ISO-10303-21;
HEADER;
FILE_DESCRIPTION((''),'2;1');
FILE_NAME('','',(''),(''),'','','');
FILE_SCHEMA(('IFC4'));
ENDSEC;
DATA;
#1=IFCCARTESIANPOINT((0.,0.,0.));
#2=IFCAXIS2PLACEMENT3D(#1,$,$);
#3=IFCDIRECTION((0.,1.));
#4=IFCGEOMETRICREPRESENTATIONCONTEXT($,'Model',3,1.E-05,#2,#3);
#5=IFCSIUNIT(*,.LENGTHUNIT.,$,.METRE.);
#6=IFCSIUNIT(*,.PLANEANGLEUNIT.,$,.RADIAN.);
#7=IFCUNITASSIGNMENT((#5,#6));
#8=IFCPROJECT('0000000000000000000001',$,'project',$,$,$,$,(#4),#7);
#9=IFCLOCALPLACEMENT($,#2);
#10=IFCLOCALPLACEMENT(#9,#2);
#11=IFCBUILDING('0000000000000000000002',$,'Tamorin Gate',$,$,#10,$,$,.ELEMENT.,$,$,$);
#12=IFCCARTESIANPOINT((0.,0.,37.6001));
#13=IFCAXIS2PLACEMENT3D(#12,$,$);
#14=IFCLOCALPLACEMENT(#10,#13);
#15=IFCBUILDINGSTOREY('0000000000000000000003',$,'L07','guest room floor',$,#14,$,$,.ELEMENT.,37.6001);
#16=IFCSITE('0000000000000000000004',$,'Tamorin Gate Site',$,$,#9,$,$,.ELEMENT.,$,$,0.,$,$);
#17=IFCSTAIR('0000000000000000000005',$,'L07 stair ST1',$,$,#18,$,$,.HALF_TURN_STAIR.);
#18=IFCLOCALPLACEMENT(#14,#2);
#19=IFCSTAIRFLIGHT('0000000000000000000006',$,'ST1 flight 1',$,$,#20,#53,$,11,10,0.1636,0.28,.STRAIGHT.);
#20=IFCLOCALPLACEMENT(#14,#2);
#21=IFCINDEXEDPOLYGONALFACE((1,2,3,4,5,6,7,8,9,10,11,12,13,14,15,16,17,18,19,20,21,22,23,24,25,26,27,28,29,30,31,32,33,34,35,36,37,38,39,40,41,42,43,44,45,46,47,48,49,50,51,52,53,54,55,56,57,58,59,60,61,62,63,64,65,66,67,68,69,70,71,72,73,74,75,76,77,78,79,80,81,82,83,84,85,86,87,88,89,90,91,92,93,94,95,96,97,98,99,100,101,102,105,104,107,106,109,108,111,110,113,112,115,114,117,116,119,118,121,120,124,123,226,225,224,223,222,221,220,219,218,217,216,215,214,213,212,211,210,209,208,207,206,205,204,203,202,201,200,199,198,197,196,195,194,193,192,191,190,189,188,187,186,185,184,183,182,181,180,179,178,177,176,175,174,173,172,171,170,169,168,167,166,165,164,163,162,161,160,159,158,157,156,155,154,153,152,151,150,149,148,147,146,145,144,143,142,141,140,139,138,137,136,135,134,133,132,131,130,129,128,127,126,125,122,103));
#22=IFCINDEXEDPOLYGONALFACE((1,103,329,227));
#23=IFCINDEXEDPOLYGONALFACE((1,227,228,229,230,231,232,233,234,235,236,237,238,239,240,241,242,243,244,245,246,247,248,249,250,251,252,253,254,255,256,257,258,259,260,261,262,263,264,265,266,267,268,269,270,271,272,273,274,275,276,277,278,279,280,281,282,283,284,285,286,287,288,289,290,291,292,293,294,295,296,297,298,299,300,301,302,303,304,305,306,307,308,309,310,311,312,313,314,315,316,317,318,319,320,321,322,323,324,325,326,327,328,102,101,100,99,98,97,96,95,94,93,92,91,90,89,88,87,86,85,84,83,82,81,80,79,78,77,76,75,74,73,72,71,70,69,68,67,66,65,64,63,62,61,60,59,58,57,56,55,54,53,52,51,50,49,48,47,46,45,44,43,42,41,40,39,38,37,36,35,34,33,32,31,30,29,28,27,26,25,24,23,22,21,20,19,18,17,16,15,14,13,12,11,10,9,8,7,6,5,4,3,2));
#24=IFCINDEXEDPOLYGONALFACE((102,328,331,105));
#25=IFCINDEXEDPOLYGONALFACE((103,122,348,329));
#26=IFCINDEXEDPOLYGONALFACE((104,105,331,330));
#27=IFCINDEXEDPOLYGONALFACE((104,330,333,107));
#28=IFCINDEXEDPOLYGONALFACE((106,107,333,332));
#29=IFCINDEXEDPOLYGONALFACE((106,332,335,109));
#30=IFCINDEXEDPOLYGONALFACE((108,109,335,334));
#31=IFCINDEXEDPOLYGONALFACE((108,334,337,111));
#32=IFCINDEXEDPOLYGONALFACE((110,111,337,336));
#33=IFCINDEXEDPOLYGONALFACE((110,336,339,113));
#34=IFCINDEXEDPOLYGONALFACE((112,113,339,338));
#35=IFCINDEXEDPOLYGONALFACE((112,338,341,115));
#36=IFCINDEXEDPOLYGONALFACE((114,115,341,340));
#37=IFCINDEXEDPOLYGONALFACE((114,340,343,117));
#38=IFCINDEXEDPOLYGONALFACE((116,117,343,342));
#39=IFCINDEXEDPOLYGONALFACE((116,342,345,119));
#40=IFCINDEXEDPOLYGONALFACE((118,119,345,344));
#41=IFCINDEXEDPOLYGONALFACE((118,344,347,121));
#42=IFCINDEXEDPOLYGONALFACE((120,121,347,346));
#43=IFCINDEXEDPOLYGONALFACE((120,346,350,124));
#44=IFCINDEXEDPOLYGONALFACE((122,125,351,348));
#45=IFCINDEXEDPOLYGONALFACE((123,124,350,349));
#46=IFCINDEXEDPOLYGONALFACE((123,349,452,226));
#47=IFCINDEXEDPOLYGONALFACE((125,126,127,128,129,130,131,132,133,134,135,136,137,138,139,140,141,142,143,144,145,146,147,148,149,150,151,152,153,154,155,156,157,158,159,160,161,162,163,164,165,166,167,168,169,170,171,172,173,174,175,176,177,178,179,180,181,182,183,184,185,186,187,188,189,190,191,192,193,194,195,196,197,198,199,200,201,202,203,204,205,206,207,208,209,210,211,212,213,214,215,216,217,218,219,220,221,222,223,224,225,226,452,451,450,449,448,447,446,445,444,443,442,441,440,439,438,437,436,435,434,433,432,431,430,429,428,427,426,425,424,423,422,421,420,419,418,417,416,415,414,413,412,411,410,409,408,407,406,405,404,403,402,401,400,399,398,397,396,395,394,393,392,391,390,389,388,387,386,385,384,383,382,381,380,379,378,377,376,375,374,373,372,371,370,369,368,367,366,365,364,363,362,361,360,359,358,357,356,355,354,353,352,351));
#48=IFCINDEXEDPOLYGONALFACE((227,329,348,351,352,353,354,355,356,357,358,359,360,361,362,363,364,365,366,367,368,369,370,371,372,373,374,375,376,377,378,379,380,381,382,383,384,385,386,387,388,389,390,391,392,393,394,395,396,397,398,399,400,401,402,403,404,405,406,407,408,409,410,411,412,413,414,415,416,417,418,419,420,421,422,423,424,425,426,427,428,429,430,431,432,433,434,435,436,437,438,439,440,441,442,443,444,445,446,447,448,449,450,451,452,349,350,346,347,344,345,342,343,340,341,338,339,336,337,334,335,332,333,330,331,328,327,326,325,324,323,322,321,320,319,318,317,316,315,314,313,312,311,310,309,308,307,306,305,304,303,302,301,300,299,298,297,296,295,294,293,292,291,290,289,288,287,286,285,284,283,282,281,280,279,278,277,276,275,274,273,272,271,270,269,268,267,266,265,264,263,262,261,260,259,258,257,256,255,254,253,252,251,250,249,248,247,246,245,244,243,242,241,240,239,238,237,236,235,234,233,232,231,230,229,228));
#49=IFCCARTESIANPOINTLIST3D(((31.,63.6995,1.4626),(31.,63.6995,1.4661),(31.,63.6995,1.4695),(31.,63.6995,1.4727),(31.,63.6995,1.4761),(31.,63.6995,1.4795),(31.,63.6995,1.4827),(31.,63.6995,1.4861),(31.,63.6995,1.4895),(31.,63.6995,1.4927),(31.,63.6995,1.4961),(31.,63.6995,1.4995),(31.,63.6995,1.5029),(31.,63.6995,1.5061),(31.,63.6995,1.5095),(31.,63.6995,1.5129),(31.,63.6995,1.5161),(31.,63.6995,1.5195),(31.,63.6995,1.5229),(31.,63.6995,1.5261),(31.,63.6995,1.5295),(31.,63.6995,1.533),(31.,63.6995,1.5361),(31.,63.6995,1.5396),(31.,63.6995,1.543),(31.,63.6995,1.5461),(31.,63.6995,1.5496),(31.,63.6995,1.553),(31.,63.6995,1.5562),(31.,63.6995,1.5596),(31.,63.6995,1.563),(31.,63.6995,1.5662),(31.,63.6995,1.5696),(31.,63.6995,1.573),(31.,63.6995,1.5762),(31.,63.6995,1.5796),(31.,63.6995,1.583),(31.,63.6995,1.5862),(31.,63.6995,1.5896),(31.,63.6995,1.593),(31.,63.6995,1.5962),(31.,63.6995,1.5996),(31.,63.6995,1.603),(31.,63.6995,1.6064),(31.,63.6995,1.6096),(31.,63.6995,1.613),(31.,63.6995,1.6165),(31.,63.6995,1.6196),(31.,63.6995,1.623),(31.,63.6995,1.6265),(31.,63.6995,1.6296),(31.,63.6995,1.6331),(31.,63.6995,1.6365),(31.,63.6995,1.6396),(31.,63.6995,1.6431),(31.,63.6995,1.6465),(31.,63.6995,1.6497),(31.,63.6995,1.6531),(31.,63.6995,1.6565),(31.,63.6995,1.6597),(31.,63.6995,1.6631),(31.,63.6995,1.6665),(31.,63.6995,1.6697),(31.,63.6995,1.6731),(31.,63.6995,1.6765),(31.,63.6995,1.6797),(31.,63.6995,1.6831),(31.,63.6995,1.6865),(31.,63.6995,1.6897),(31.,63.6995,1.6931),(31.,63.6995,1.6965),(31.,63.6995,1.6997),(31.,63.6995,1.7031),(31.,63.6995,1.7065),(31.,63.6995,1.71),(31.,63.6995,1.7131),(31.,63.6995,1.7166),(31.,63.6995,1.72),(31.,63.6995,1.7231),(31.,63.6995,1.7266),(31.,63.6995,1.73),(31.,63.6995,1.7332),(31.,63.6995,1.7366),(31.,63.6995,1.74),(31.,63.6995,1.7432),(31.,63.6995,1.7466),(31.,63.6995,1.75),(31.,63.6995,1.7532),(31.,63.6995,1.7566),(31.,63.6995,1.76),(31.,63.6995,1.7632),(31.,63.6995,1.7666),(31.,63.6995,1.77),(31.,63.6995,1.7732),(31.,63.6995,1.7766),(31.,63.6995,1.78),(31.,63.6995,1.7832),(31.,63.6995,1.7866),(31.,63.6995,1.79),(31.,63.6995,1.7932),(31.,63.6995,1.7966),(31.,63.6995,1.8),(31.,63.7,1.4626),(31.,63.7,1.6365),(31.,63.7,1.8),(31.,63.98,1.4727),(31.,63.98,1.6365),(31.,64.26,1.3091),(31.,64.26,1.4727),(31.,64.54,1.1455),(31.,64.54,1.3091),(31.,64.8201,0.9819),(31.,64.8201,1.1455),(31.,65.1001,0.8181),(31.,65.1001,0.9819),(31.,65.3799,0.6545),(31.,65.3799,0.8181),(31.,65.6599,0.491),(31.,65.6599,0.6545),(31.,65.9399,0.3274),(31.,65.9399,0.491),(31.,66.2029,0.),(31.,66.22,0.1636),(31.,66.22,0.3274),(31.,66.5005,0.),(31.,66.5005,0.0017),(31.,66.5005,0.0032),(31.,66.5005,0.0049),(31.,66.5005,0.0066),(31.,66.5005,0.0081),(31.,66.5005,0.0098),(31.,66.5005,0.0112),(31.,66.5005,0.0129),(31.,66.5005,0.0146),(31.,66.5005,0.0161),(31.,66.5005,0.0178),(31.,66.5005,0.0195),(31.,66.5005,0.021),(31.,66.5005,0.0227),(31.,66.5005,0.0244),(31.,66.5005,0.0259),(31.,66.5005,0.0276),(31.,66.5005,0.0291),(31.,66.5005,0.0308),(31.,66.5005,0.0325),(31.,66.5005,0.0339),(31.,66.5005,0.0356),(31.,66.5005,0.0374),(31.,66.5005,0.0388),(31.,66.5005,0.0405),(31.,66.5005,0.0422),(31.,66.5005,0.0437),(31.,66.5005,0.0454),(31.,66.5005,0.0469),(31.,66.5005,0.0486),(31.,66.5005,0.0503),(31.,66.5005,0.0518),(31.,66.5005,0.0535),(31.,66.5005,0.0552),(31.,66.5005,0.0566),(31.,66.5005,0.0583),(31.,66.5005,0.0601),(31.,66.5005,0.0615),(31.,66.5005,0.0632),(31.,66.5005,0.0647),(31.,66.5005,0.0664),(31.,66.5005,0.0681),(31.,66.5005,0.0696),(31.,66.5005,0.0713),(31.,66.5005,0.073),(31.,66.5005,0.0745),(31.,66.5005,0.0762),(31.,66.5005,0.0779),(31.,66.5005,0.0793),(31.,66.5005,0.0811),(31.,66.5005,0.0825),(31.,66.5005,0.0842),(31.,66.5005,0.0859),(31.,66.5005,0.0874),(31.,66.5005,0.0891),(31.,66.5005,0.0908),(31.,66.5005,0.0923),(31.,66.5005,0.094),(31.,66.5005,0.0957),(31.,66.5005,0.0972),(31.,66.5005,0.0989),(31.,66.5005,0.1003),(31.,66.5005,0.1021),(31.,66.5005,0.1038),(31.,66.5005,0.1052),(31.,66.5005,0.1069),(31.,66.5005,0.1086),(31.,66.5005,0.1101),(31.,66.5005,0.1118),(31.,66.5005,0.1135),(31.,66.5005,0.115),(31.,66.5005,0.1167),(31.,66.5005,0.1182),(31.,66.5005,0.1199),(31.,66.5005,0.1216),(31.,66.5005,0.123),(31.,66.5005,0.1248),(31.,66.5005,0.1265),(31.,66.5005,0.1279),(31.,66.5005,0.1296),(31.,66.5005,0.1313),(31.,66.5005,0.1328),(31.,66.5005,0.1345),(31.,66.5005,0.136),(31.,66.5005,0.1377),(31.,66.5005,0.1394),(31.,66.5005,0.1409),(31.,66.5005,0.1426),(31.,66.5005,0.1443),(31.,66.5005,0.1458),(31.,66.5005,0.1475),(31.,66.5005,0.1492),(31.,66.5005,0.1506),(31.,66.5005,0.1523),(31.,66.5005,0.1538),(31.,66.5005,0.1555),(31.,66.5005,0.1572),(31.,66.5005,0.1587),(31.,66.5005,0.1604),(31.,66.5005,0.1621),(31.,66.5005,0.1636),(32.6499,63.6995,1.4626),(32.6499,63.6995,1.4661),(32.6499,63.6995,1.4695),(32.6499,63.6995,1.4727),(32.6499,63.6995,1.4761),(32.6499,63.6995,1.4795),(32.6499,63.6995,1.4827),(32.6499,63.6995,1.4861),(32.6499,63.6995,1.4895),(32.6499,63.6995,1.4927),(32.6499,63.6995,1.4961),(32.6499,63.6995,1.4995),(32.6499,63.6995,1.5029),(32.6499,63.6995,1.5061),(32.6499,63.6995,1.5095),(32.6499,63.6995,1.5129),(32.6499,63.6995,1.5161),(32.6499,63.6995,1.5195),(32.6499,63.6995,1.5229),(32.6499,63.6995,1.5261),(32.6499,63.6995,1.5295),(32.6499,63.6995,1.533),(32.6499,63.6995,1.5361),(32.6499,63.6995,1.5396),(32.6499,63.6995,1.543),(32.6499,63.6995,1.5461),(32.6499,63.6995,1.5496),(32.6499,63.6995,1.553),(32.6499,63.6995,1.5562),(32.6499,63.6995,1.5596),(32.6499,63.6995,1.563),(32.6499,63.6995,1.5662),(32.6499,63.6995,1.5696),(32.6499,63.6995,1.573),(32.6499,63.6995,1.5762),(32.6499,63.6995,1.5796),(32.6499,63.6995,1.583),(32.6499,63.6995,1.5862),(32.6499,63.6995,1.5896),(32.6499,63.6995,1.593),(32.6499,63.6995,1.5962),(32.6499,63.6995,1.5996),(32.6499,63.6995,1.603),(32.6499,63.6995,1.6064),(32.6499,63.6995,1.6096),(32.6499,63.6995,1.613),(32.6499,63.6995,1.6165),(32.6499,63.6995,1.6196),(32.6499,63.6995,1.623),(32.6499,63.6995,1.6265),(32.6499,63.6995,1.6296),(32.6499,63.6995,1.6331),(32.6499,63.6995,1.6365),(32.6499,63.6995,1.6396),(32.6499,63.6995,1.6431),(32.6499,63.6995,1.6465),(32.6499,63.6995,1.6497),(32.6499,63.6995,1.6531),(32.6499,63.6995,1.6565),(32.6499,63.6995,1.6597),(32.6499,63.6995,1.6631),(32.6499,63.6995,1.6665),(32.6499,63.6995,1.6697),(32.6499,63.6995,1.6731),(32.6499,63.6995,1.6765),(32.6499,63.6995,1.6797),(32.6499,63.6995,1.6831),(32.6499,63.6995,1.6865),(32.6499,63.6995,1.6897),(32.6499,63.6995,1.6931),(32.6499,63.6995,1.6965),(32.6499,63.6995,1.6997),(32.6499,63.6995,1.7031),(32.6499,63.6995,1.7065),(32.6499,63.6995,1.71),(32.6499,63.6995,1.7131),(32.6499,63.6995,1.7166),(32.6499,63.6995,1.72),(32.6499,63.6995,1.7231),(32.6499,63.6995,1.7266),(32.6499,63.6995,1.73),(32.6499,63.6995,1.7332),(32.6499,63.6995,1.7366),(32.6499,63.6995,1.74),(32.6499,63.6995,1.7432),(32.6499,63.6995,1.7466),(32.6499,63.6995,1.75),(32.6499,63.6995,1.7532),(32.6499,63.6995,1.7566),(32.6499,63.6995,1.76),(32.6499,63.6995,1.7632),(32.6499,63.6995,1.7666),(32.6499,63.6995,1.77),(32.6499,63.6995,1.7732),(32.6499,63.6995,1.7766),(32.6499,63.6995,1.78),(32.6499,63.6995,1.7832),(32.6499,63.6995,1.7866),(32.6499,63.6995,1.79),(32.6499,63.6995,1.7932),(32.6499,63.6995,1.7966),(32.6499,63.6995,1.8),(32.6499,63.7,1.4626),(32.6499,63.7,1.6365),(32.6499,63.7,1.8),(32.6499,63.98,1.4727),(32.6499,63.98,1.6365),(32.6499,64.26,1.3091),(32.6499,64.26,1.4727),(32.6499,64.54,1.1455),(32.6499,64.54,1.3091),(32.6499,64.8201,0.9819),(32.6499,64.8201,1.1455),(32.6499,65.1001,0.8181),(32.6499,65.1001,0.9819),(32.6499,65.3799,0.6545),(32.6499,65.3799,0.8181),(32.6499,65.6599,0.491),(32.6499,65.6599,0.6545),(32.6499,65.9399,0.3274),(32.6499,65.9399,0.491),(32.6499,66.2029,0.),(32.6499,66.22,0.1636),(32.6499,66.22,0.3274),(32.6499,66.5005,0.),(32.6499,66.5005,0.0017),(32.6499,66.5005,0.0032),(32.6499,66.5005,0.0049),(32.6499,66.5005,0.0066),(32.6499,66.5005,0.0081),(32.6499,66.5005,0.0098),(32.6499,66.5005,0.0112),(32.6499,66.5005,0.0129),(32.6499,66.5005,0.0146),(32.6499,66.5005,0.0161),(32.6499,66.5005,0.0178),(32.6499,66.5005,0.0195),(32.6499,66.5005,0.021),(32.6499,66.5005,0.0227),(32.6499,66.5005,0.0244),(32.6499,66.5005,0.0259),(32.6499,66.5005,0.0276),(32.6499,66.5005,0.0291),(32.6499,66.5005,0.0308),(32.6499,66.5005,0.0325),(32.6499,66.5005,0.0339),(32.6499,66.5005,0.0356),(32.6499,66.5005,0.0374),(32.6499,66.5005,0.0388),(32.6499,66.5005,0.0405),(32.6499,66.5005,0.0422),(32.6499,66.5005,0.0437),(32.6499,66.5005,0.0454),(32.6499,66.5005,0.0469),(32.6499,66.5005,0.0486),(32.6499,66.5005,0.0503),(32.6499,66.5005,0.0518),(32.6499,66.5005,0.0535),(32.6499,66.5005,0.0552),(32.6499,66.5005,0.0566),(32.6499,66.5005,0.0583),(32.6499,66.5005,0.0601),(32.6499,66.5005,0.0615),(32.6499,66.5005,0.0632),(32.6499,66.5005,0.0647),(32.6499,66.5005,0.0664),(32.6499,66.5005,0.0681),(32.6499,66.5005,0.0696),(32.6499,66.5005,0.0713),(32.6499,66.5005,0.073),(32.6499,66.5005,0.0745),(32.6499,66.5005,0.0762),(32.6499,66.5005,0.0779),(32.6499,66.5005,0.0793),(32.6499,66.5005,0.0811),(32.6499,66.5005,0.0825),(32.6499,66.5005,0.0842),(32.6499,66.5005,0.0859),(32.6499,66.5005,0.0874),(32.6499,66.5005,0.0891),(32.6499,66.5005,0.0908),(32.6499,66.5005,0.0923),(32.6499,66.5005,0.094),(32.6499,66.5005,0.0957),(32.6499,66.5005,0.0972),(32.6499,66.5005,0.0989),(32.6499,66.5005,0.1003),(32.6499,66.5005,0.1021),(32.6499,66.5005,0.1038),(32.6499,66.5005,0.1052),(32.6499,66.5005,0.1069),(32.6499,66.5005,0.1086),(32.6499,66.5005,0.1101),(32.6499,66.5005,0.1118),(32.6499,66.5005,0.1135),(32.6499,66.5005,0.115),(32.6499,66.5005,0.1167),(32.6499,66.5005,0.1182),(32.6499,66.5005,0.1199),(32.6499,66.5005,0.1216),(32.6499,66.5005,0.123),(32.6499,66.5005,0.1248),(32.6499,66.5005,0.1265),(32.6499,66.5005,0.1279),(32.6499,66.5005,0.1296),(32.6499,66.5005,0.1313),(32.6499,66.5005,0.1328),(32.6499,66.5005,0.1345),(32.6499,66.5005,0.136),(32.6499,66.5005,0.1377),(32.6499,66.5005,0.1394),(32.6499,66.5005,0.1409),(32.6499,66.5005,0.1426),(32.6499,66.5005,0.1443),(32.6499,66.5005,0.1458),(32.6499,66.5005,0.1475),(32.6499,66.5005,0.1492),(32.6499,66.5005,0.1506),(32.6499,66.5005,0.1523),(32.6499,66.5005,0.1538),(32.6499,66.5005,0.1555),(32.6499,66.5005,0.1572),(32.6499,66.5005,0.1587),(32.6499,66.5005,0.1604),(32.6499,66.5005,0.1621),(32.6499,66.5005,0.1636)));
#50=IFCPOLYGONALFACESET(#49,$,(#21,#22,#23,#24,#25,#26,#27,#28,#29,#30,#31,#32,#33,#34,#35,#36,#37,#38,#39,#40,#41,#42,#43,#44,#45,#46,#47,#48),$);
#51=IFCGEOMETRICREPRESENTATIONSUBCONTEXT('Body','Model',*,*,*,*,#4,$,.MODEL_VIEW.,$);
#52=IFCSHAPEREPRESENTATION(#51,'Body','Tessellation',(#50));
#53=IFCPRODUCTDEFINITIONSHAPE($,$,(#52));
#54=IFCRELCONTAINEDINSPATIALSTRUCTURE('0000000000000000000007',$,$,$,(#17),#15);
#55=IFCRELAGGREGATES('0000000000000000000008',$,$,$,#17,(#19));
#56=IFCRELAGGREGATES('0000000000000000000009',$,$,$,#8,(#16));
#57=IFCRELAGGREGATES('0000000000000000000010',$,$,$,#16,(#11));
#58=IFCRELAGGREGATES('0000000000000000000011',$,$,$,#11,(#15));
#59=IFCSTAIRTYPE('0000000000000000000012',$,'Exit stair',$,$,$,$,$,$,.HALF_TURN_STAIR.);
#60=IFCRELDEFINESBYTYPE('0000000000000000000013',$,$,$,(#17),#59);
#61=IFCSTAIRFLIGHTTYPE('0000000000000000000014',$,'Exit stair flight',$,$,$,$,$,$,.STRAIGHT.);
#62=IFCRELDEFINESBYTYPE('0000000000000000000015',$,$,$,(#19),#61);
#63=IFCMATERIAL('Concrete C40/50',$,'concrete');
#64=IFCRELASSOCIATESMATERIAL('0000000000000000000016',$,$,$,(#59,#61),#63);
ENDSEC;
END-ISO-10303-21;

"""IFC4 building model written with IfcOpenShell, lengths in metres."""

from ifc_helpers import new_model, si_unit, direction, frame, origin, place, context, subcontext, project, spatial, polyline, outline, extrude, material, type_object, element, aggregate, save


model = new_model("IFC4")

# Units and contexts
model_context = context("Model", 3, precision=1e-05, world=origin(), true_north=direction((0.0, 1.0)))
body_context = subcontext(model_context, "Body", "Model", "MODEL_VIEW")
ifc_project = project(units=[si_unit("LENGTHUNIT", "METRE"), si_unit("PLANEANGLEUNIT", "RADIAN")], contexts=[model_context])

# Site, building, storey
site_placement = place(None, origin())
site = spatial("IfcSite", under=ifc_project, at=site_placement, Name="Tamorin Gate Site", CompositionType="ELEMENT", RefElevation=0.0)
building_placement = place(site_placement, origin())
building = spatial("IfcBuilding", under=site, at=building_placement, Name="Tamorin Gate", CompositionType="ELEMENT")
storey_placement = place(building_placement, frame((0.0, 0.0, 37.6001)))
storey = spatial("IfcBuildingStorey", under=building, at=storey_placement, Name="L07", Description="guest room floor", CompositionType="ELEMENT", Elevation=37.6001)

# Shared definitions
ifc_material_1 = material(Name="Concrete C40/50", Category="concrete")

# Stair, stair flight
stair_type = type_object("IfcStairType", Name="Exit stair", PredefinedType="HALF_TURN_STAIR", material=ifc_material_1)
stair_placement = place(storey_placement, origin())
stair = element("IfcStair", 1, at=stair_placement, inside=storey, type_object=stair_type, Name="L07 stair ST1", PredefinedType="HALF_TURN_STAIR")
stair_flight_type = type_object("IfcStairFlightType", Name="Exit stair flight", PredefinedType="STRAIGHT", material=ifc_material_1)
stair_flight_1_placement = place(storey_placement, frame((31.825, 66.5, 0.0), z_axis=(0.0, 0.0, 1.0), x_axis=(0.0, -1.0, 0.0)))
stair_flight_1 = element("IfcStairFlight", 2, at=stair_flight_1_placement, type_object=stair_flight_type, Name="ST1 flight 1", NumberOfRisers=11, NumberOfTreads=10, PredefinedType="STRAIGHT", RiserHeight=0.1636, TreadLength=0.28, context=body_context, shape_type="SweptSolid", body=[
    extrude(outline(polyline([(-0.0005, 0.0), (-0.0005, 0.0017), (-0.0005, 0.0032), (-0.0005, 0.0049), (-0.0005, 0.0066), (-0.0005, 0.0081), (-0.0005, 0.0098), (-0.0005, 0.0112), (-0.0005, 0.0129), (-0.0005, 0.0146), (-0.0005, 0.0161), (-0.0005, 0.0178), (-0.0005, 0.0195), (-0.0005, 0.021), (-0.0005, 0.0227), (-0.0005, 0.0244), (-0.0005, 0.0259), (-0.0005, 0.0276), (-0.0005, 0.0291), (-0.0005, 0.0308), (-0.0005, 0.0325), (-0.0005, 0.0339), (-0.0005, 0.0356), (-0.0005, 0.0374), (-0.0005, 0.0388), (-0.0005, 0.0405), (-0.0005, 0.0422), (-0.0005, 0.0437), (-0.0005, 0.0454), (-0.0005, 0.0469), (-0.0005, 0.0486), (-0.0005, 0.0503), (-0.0005, 0.0518), (-0.0005, 0.0535), (-0.0005, 0.0552), (-0.0005, 0.0566), (-0.0005, 0.0583), (-0.0005, 0.0601), (-0.0005, 0.0615), (-0.0005, 0.0632), (-0.0005, 0.0647), (-0.0005, 0.0664), (-0.0005, 0.0681), (-0.0005, 0.0696), (-0.0005, 0.0713), (-0.0005, 0.073), (-0.0005, 0.0745), (-0.0005, 0.0762), (-0.0005, 0.0779), (-0.0005, 0.0793), (-0.0005, 0.0811), (-0.0005, 0.0825), (-0.0005, 0.0842), (-0.0005, 0.0859), (-0.0005, 0.0874), (-0.0005, 0.0891), (-0.0005, 0.0908), (-0.0005, 0.0923), (-0.0005, 0.094), (-0.0005, 0.0957), (-0.0005, 0.0972), (-0.0005, 0.0989), (-0.0005, 0.1003), (-0.0005, 0.1021), (-0.0005, 0.1038), (-0.0005, 0.1052), (-0.0005, 0.1069), (-0.0005, 0.1086), (-0.0005, 0.1101), (-0.0005, 0.1118), (-0.0005, 0.1135), (-0.0005, 0.115), (-0.0005, 0.1167), (-0.0005, 0.1182), (-0.0005, 0.1199), (-0.0005, 0.1216), (-0.0005, 0.123), (-0.0005, 0.1248), (-0.0005, 0.1265), (-0.0005, 0.1279), (-0.0005, 0.1296), (-0.0005, 0.1313), (-0.0005, 0.1328), (-0.0005, 0.1345), (-0.0005, 0.136), (-0.0005, 0.1377), (-0.0005, 0.1394), (-0.0005, 0.1409), (-0.0005, 0.1426), (-0.0005, 0.1443), (-0.0005, 0.1458), (-0.0005, 0.1475), (-0.0005, 0.1492), (-0.0005, 0.1506), (-0.0005, 0.1523), (-0.0005, 0.1538), (-0.0005, 0.1555), (-0.0005, 0.1572), (-0.0005, 0.1587), (-0.0005, 0.1604), (-0.0005, 0.1621), (-0.0005, 0.1636), (0.28, 0.1636), (0.28, 0.3274), (0.5601, 0.3274), (0.5601, 0.491), (0.8401, 0.491), (0.8401, 0.6545), (1.1201, 0.6545), (1.1201, 0.8181), (1.3999, 0.8181), (1.3999, 0.9819), (1.6799, 0.9819), (1.6799, 1.1455), (1.96, 1.1455), (1.96, 1.3091), (2.24, 1.3091), (2.24, 1.4727), (2.52, 1.4727), (2.52, 1.6365), (2.8, 1.6365), (2.8, 1.8), (2.8005, 1.8), (2.8005, 1.7966), (2.8005, 1.7932), (2.8005, 1.79), (2.8005, 1.7866), (2.8005, 1.7832), (2.8005, 1.78), (2.8005, 1.7766), (2.8005, 1.7732), (2.8005, 1.77), (2.8005, 1.7666), (2.8005, 1.7632), (2.8005, 1.76), (2.8005, 1.7566), (2.8005, 1.7532), (2.8005, 1.75), (2.8005, 1.7466), (2.8005, 1.7432), (2.8005, 1.74), (2.8005, 1.7366), (2.8005, 1.7332), (2.8005, 1.73), (2.8005, 1.7266), (2.8005, 1.7231), (2.8005, 1.72), (2.8005, 1.7166), (2.8005, 1.7131), (2.8005, 1.71), (2.8005, 1.7065), (2.8005, 1.7031), (2.8005, 1.6997), (2.8005, 1.6965), (2.8005, 1.6931), (2.8005, 1.6897), (2.8005, 1.6865), (2.8005, 1.6831), (2.8005, 1.6797), (2.8005, 1.6765), (2.8005, 1.6731), (2.8005, 1.6697), (2.8005, 1.6665), (2.8005, 1.6631), (2.8005, 1.6597), (2.8005, 1.6565), (2.8005, 1.6531), (2.8005, 1.6497), (2.8005, 1.6465), (2.8005, 1.6431), (2.8005, 1.6396), (2.8005, 1.6365), (2.8005, 1.6331), (2.8005, 1.6296), (2.8005, 1.6265), (2.8005, 1.623), (2.8005, 1.6196), (2.8005, 1.6165), (2.8005, 1.613), (2.8005, 1.6096), (2.8005, 1.6064), (2.8005, 1.603), (2.8005, 1.5996), (2.8005, 1.5962), (2.8005, 1.593), (2.8005, 1.5896), (2.8005, 1.5862), (2.8005, 1.583), (2.8005, 1.5796), (2.8005, 1.5762), (2.8005, 1.573), (2.8005, 1.5696), (2.8005, 1.5662), (2.8005, 1.563), (2.8005, 1.5596), (2.8005, 1.5562), (2.8005, 1.553), (2.8005, 1.5496), (2.8005, 1.5461), (2.8005, 1.543), (2.8005, 1.5396), (2.8005, 1.5361), (2.8005, 1.533), (2.8005, 1.5295), (2.8005, 1.5261), (2.8005, 1.5229), (2.8005, 1.5195), (2.8005, 1.5161), (2.8005, 1.5129), (2.8005, 1.5095), (2.8005, 1.5061), (2.8005, 1.5029), (2.8005, 1.4995), (2.8005, 1.4961), (2.8005, 1.4927), (2.8005, 1.4895), (2.8005, 1.4861), (2.8005, 1.4827), (2.8005, 1.4795), (2.8005, 1.4761), (2.8005, 1.4727), (2.8005, 1.4695), (2.8005, 1.4661), (2.8005, 1.4626), (2.8, 1.4626), (0.2971, 0.0), (-0.0005, 0.0)])), frame((0.0, 0.825, 0.0), z_axis=(0.0, -1.0, 0.0), x_axis=(1.0, 0.0, 0.0)), (0.0, 0.0, 1.0), 1.6499),
])
aggregate(stair, [stair_flight_1])

save(model, "model.ifc")
